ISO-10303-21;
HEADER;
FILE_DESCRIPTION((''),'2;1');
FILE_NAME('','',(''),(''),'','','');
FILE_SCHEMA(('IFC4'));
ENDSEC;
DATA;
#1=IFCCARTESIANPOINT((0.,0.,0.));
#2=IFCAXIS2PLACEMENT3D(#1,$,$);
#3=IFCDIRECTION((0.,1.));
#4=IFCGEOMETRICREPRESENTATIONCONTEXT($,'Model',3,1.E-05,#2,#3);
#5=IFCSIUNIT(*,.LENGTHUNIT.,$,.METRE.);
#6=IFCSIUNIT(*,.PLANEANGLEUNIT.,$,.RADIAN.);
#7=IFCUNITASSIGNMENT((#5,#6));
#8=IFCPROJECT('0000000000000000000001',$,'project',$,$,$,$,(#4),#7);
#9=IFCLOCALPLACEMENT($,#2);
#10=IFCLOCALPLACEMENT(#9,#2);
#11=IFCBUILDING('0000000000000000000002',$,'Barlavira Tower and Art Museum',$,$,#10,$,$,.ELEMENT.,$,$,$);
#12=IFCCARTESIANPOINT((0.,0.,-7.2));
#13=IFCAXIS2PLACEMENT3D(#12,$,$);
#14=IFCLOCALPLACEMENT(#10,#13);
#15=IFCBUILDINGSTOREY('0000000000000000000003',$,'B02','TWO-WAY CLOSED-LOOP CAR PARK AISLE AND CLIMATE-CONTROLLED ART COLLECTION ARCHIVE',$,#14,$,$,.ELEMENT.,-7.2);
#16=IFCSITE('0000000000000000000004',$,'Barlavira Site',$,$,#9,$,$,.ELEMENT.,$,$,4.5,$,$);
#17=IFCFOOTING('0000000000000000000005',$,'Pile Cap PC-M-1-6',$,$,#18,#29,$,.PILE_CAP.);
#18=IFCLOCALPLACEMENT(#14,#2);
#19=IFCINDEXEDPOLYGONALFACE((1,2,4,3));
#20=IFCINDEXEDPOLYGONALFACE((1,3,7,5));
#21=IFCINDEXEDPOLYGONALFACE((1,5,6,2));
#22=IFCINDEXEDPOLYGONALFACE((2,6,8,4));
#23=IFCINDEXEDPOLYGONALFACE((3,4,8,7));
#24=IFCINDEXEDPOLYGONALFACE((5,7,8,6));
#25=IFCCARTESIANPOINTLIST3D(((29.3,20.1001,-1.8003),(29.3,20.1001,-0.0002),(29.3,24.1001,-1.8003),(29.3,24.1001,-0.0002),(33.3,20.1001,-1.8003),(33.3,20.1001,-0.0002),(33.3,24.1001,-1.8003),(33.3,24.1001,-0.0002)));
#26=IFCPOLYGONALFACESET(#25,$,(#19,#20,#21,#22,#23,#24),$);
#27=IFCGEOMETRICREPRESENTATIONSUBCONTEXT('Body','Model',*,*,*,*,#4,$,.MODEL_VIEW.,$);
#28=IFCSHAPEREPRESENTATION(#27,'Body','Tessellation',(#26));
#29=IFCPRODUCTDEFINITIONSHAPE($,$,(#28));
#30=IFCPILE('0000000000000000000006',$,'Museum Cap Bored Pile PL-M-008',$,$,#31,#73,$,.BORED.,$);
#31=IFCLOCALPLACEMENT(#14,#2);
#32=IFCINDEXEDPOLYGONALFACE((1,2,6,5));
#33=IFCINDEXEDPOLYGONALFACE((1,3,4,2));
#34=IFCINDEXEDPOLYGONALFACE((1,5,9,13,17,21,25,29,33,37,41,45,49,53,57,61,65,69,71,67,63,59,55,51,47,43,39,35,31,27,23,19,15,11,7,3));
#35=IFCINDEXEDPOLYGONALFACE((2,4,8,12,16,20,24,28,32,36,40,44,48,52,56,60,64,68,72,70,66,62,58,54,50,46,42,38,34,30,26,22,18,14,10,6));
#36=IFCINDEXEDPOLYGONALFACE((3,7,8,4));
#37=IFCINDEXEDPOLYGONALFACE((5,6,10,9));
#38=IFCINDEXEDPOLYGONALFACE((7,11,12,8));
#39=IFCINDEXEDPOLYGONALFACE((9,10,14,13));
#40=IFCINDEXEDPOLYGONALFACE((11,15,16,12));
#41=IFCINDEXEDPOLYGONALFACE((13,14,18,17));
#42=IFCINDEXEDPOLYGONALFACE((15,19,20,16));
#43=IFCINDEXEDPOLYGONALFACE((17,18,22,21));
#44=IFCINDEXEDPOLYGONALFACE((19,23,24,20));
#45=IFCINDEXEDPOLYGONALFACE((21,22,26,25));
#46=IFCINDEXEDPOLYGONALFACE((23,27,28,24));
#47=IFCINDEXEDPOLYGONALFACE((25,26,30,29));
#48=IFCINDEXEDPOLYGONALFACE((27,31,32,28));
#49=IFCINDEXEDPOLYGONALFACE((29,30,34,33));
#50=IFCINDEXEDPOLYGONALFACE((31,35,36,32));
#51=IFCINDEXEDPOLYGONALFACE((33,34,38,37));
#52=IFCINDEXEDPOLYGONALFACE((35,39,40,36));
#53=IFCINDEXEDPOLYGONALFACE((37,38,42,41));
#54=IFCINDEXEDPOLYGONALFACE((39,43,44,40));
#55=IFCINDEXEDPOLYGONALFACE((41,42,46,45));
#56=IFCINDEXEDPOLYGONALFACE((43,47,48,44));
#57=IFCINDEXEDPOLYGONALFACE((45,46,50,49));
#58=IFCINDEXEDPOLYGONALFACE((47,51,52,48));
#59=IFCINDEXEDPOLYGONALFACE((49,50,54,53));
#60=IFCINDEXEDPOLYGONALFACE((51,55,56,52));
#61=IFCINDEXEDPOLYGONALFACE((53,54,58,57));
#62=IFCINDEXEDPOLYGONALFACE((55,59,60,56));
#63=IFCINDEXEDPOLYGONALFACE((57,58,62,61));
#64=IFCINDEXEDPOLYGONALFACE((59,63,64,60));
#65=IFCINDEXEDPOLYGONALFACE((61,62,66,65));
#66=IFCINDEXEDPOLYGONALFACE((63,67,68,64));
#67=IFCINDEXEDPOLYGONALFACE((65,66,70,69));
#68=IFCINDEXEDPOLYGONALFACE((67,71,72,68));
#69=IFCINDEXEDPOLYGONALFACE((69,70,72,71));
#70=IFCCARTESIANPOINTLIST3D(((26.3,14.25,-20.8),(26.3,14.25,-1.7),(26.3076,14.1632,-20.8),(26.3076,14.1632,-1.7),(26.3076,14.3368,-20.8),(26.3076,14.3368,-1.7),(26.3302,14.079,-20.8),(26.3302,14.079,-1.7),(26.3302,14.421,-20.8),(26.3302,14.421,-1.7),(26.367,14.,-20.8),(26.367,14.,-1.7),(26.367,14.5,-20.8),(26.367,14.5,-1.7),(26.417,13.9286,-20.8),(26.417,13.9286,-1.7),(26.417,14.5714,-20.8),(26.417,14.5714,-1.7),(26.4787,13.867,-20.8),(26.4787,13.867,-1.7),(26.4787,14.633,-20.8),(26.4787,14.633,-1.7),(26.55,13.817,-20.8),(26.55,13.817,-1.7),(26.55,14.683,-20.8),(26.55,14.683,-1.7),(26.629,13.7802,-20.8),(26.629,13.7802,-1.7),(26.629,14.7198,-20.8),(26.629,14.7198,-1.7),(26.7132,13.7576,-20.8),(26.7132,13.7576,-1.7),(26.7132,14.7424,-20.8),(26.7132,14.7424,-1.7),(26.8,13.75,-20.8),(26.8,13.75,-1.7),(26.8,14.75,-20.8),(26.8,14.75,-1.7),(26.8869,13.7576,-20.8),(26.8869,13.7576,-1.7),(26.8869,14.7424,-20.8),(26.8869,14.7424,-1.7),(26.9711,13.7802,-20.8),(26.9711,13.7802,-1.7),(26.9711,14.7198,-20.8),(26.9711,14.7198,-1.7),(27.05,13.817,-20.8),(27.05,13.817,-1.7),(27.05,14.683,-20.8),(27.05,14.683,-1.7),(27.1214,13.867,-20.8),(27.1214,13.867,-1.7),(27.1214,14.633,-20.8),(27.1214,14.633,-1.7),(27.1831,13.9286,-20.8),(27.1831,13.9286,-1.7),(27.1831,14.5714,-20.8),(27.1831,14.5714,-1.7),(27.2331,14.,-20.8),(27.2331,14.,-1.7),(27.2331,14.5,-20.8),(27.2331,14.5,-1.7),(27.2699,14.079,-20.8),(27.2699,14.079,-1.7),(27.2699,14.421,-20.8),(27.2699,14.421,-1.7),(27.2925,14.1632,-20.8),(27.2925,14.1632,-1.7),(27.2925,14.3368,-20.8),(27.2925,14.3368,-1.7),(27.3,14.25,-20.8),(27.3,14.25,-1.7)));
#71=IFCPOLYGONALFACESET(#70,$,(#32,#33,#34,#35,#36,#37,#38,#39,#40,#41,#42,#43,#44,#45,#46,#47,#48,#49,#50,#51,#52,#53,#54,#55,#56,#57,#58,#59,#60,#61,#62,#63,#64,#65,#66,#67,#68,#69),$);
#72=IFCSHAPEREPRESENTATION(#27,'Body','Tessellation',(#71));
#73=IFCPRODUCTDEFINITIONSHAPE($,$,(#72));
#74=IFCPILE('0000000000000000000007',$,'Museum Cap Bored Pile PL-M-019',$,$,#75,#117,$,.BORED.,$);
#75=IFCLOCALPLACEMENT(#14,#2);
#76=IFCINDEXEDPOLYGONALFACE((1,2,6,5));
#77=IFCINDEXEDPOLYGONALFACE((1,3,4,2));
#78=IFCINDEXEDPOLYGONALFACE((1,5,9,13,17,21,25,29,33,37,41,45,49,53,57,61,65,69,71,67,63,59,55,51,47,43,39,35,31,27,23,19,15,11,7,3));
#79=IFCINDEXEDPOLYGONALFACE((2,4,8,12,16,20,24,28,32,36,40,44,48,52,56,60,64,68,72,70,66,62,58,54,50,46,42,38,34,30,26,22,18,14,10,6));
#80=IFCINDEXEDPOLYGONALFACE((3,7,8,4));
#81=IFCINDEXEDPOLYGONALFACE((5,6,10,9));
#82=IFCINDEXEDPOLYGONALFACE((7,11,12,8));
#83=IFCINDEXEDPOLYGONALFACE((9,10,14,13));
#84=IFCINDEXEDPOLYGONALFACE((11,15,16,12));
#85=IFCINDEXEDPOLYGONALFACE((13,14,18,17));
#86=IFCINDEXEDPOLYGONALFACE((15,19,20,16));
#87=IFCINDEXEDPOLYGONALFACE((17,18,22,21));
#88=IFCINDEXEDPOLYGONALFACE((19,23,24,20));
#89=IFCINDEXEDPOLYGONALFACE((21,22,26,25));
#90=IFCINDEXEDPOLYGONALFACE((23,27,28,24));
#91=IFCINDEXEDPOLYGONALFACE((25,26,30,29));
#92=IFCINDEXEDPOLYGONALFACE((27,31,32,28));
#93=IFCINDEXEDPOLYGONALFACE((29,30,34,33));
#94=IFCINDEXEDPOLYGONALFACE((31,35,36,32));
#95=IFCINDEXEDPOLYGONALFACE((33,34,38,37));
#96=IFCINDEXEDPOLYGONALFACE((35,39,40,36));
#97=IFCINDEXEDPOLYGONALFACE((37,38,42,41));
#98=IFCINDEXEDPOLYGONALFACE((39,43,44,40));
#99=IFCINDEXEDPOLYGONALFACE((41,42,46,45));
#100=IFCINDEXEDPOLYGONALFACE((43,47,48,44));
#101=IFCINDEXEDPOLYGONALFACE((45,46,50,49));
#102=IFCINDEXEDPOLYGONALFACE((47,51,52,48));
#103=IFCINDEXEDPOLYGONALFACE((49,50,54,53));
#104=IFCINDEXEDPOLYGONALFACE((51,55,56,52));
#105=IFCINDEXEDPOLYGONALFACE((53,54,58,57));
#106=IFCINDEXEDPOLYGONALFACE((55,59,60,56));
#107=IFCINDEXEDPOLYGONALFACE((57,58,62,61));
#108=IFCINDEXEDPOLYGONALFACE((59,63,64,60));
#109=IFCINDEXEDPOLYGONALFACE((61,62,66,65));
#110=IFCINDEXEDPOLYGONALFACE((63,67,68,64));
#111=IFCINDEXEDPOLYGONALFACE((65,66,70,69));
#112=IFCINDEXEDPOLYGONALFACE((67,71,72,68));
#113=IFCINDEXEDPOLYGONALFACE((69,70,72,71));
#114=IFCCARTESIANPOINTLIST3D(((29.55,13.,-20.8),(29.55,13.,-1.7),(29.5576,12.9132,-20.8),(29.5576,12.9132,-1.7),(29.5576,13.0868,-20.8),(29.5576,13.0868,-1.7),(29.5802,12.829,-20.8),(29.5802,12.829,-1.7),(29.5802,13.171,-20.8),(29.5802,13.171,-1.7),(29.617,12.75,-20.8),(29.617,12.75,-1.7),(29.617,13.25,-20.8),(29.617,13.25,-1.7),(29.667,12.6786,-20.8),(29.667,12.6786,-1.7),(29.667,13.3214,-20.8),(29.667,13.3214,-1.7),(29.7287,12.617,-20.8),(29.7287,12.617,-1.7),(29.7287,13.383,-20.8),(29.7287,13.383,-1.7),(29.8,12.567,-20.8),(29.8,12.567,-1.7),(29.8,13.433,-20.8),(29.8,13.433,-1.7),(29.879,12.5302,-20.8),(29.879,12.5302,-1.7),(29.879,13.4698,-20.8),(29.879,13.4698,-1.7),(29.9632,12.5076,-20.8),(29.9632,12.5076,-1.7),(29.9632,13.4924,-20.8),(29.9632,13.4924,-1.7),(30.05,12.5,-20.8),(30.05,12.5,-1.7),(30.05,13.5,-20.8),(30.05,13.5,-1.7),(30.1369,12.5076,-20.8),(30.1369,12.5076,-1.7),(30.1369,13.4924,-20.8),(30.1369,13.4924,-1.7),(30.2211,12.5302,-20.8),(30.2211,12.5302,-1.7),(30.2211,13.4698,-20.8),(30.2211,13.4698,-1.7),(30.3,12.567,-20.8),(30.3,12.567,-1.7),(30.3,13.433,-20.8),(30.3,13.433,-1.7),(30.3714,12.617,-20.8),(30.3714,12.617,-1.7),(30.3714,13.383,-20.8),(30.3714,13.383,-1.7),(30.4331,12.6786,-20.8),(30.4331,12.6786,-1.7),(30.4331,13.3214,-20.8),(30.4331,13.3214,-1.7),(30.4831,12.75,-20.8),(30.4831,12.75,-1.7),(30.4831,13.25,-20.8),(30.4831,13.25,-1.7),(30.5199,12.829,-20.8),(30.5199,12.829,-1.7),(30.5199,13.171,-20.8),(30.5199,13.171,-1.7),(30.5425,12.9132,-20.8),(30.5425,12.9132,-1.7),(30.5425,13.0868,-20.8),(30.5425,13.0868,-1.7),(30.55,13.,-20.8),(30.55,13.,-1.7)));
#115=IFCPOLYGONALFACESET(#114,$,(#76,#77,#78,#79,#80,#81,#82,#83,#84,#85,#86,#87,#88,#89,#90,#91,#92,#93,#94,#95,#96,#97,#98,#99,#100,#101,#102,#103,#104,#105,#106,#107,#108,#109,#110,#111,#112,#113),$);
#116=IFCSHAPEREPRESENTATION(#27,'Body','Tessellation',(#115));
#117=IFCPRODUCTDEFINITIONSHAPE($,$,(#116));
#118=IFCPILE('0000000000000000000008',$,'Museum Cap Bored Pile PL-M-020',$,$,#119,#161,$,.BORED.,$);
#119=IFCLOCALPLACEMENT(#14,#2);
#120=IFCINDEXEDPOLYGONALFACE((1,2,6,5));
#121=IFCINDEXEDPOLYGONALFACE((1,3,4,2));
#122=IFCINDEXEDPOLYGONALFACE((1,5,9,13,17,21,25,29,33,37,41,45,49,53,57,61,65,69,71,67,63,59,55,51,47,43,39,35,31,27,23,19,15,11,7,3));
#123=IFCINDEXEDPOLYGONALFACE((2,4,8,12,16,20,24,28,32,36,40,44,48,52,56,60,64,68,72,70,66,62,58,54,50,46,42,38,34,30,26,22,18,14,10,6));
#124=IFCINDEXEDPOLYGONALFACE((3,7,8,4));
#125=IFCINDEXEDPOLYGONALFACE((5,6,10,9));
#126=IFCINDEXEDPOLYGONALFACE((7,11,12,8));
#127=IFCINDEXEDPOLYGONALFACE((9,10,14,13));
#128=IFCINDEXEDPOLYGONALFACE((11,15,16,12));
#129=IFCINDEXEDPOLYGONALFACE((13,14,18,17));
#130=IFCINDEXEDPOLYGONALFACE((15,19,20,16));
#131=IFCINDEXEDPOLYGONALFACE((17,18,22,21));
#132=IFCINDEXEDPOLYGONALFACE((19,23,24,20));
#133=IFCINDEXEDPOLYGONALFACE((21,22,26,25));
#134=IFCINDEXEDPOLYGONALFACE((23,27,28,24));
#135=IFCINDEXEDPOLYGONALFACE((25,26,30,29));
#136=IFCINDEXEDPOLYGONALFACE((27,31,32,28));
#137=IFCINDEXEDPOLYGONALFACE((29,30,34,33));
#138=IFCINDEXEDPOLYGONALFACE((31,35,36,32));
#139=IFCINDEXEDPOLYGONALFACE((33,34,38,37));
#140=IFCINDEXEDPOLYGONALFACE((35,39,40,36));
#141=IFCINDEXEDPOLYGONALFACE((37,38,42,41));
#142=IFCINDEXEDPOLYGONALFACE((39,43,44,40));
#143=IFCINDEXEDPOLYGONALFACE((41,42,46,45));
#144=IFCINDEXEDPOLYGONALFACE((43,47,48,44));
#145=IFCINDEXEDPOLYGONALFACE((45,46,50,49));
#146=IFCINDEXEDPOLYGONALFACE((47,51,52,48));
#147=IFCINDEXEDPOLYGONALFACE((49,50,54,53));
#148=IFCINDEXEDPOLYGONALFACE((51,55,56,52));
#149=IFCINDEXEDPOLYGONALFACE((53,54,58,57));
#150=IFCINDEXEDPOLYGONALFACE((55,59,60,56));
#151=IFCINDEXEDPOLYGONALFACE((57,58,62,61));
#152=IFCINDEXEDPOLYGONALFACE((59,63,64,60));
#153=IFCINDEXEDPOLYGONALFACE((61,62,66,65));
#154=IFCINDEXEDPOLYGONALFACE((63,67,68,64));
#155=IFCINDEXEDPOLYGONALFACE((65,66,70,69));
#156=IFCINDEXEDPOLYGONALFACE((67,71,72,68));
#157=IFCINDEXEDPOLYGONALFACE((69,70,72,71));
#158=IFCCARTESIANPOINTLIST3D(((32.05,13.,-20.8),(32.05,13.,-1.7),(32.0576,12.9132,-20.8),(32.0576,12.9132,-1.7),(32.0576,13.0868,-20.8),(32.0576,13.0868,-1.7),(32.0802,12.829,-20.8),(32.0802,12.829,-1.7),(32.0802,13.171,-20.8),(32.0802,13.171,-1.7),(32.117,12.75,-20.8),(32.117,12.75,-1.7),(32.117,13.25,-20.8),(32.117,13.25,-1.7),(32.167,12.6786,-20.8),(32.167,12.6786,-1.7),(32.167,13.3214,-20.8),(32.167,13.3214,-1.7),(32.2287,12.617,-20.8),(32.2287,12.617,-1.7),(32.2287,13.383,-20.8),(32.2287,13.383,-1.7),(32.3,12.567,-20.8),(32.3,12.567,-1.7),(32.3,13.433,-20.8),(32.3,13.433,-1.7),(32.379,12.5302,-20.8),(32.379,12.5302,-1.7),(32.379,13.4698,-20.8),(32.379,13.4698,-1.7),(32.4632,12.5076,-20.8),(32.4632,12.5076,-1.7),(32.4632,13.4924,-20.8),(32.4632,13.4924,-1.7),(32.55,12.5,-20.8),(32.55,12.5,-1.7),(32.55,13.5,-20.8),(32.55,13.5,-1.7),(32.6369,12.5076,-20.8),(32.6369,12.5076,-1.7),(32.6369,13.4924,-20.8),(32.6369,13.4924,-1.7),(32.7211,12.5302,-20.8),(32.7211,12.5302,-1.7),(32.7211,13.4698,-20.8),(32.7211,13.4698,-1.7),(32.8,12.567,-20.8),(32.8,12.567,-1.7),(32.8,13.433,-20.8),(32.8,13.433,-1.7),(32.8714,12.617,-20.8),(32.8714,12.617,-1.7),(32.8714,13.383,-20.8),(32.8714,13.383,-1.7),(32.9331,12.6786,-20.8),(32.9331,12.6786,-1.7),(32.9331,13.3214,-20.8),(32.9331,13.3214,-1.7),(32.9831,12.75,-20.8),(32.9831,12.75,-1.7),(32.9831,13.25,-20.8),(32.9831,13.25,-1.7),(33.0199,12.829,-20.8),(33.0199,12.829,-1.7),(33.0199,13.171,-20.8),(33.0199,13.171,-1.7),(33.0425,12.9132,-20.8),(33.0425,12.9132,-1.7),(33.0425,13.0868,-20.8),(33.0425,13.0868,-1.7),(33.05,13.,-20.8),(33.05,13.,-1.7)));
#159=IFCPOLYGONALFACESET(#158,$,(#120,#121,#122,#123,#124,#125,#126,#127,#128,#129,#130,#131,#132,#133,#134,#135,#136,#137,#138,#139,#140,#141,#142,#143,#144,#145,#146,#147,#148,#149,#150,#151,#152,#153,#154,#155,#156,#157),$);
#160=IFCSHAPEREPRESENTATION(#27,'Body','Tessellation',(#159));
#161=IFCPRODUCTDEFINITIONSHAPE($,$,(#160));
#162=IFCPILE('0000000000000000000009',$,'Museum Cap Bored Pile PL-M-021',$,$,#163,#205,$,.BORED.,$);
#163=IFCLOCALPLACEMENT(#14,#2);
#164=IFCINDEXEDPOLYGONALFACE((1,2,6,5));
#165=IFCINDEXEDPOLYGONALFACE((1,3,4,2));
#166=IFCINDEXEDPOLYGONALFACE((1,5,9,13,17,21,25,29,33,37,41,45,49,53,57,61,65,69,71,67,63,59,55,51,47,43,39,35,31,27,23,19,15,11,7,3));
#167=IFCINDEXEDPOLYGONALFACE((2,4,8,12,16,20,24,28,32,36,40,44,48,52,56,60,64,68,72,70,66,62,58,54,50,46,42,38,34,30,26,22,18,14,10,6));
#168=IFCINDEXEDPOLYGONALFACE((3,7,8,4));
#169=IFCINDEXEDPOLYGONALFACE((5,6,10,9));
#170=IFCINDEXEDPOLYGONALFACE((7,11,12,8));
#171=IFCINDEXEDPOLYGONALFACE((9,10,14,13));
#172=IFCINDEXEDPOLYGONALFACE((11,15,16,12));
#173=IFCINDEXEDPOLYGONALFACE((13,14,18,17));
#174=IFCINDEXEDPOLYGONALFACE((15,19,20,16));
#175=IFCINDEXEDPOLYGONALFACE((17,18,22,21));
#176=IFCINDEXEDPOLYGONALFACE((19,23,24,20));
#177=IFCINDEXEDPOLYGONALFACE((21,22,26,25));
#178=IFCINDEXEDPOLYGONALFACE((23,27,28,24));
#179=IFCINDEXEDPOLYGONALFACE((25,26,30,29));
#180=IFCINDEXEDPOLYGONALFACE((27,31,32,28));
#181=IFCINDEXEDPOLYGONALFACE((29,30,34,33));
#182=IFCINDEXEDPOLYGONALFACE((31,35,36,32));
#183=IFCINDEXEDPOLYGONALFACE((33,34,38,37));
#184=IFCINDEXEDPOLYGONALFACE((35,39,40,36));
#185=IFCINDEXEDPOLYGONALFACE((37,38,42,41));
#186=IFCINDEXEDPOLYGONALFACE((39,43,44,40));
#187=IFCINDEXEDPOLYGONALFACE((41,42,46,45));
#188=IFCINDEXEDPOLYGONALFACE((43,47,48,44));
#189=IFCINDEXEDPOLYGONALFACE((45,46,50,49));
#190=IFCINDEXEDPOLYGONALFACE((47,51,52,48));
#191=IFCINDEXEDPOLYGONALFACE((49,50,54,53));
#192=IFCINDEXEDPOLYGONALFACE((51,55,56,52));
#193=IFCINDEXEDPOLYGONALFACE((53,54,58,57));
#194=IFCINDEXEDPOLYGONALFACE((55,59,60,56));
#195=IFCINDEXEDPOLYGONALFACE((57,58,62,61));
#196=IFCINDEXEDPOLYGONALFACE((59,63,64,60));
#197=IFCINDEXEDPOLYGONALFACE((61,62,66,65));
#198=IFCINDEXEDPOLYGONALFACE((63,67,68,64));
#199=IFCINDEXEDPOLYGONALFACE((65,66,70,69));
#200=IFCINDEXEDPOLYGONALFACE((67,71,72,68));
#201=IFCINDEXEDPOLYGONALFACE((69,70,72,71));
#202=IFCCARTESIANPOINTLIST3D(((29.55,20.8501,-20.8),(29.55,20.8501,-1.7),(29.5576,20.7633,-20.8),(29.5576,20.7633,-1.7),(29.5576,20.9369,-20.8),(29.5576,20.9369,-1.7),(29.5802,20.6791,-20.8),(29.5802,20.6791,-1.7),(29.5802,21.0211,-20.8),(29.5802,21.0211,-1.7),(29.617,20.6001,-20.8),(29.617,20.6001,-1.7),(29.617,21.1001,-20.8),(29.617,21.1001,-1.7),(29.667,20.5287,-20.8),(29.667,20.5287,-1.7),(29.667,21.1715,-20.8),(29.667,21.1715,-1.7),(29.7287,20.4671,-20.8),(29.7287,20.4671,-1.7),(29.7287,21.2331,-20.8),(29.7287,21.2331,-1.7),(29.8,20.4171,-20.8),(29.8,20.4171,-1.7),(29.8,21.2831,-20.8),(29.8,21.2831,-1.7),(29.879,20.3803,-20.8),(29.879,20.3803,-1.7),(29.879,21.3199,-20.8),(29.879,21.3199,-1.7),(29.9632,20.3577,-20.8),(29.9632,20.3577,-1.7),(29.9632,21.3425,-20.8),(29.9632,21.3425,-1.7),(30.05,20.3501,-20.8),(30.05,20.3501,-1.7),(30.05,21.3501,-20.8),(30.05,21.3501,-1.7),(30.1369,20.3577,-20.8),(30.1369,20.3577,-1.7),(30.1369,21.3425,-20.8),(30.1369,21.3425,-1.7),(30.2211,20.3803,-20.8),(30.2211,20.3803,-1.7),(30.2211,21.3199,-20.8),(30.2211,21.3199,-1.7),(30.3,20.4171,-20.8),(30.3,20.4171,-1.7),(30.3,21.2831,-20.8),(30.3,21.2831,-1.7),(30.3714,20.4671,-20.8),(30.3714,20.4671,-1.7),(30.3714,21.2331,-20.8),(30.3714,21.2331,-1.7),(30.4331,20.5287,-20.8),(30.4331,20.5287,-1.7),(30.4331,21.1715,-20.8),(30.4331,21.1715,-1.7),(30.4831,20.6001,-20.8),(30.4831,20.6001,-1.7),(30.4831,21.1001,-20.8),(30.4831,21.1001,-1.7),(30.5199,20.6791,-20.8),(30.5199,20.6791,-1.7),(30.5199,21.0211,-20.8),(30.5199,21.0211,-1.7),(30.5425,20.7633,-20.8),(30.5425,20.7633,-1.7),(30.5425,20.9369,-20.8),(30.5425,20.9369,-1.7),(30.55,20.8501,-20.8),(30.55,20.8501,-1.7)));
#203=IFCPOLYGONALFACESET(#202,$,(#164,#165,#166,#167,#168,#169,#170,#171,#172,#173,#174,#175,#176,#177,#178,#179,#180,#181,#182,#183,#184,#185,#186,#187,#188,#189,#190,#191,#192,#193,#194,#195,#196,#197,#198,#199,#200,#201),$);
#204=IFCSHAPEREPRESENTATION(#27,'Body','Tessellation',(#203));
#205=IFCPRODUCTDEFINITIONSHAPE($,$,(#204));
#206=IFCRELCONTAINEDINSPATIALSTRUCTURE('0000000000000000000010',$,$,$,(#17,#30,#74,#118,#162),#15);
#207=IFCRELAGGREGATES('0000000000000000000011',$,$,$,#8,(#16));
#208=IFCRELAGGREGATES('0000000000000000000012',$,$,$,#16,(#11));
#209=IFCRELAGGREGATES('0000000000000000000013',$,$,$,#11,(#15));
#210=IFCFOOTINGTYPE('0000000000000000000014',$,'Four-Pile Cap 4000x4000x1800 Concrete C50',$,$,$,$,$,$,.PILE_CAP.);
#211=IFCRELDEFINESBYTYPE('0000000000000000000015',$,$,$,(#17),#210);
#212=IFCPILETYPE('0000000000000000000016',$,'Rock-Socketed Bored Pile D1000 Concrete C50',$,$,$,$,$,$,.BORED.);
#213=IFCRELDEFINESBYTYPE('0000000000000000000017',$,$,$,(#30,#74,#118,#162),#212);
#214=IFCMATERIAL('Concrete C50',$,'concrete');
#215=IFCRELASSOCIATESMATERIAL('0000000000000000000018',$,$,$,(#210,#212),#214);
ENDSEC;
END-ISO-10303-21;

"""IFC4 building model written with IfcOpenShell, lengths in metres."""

from ifc_helpers import new_model, si_unit, direction, frame, origin, origin_2d, place, context, subcontext, project, spatial, rectangle, circle, extrude, material, material_profile, profile_set, type_object, element, save


model = new_model("IFC4")

# Units and contexts
model_context = context("Model", 3, precision=1e-05, world=origin(), true_north=direction((0.0, 1.0)))
body_context = subcontext(model_context, "Body", "Model", "MODEL_VIEW")
ifc_project = project(units=[si_unit("LENGTHUNIT", "METRE"), si_unit("PLANEANGLEUNIT", "RADIAN")], contexts=[model_context])

# Site, building, storey
site_placement = place(None, origin())
site = spatial("IfcSite", under=ifc_project, at=site_placement, Name="Barlavira Site", CompositionType="ELEMENT", RefElevation=4.5)
building_placement = place(site_placement, origin())
building = spatial("IfcBuilding", under=site, at=building_placement, Name="Barlavira Tower and Art Museum", CompositionType="ELEMENT")
storey_placement = place(building_placement, frame((0.0, 0.0, -7.2)))
storey = spatial("IfcBuildingStorey", under=building, at=storey_placement, Name="B02", Description="TWO-WAY CLOSED-LOOP CAR PARK AISLE AND CLIMATE-CONTROLLED ART COLLECTION ARCHIVE", CompositionType="ELEMENT", Elevation=-7.2)

# Footing
ifc_material_1 = material(Name="Concrete C50", Category="concrete")
footing_type_1 = type_object("IfcFootingType", Name="Four-Pile Cap 4000x4000x1800 Concrete C50", PredefinedType="PILE_CAP", material=ifc_material_1)
footing_1_placement = place(storey_placement, frame((31.3, 22.1001, -1.8003), z_axis=(0.0, 0.0, 1.0), x_axis=(1.0, 0.0, 0.0)))
element("IfcFooting", 1, at=footing_1_placement, inside=storey, type_object=footing_type_1, Name="Pile Cap PC-M-1-6", PredefinedType="PILE_CAP", context=body_context, shape_type="SweptSolid", body=[
    extrude(rectangle(XDim=4.0, YDim=4.0, at=origin_2d()), origin(), (0.0, 0.0, 1.0), 1.8),
])

# Piles
ifc_material_profile_1 = material_profile(ifc_material_1, circle(Radius=0.5, at=origin_2d()), Name="BORED PILE D1000")
ifc_profile_set_1 = profile_set([ifc_material_profile_1], Name="Concrete C50")
pile_type = type_object("IfcPileType", Name="Rock-Socketed Bored Pile D1000 Concrete C50", PredefinedType="BORED", material=ifc_profile_set_1)
for number, where, z_axis, x_axis, name in (
    (2, (26.8, 14.25, -1.7), (0.0, 0.0, -1.0), (1.0, 0.0, 0.0), "Museum Cap Bored Pile PL-M-008"),
    (3, (30.05, 13.0, -1.7), (0.0, 0.0, -1.0), (1.0, 0.0, 0.0), "Museum Cap Bored Pile PL-M-019"),
    (4, (32.55, 13.0, -1.7), (0.0, 0.0, -1.0), (1.0, 0.0, 0.0), "Museum Cap Bored Pile PL-M-020"),
    (5, (30.05, 20.8501, -1.7), (0.0, 0.0, -1.0), (1.0, 0.0, 0.0), "Museum Cap Bored Pile PL-M-021"),
):
    element("IfcPile", number, at=place(storey_placement, frame(where, z_axis=z_axis, x_axis=x_axis)), inside=storey, type_object=pile_type, Name=name, PredefinedType="BORED", context=body_context, shape_type="SweptSolid", body=[
        extrude(circle(Radius=0.5, at=origin_2d()), origin(), (0.0, 0.0, 1.0), 19.1001),
    ])

save(model, "model.ifc")
